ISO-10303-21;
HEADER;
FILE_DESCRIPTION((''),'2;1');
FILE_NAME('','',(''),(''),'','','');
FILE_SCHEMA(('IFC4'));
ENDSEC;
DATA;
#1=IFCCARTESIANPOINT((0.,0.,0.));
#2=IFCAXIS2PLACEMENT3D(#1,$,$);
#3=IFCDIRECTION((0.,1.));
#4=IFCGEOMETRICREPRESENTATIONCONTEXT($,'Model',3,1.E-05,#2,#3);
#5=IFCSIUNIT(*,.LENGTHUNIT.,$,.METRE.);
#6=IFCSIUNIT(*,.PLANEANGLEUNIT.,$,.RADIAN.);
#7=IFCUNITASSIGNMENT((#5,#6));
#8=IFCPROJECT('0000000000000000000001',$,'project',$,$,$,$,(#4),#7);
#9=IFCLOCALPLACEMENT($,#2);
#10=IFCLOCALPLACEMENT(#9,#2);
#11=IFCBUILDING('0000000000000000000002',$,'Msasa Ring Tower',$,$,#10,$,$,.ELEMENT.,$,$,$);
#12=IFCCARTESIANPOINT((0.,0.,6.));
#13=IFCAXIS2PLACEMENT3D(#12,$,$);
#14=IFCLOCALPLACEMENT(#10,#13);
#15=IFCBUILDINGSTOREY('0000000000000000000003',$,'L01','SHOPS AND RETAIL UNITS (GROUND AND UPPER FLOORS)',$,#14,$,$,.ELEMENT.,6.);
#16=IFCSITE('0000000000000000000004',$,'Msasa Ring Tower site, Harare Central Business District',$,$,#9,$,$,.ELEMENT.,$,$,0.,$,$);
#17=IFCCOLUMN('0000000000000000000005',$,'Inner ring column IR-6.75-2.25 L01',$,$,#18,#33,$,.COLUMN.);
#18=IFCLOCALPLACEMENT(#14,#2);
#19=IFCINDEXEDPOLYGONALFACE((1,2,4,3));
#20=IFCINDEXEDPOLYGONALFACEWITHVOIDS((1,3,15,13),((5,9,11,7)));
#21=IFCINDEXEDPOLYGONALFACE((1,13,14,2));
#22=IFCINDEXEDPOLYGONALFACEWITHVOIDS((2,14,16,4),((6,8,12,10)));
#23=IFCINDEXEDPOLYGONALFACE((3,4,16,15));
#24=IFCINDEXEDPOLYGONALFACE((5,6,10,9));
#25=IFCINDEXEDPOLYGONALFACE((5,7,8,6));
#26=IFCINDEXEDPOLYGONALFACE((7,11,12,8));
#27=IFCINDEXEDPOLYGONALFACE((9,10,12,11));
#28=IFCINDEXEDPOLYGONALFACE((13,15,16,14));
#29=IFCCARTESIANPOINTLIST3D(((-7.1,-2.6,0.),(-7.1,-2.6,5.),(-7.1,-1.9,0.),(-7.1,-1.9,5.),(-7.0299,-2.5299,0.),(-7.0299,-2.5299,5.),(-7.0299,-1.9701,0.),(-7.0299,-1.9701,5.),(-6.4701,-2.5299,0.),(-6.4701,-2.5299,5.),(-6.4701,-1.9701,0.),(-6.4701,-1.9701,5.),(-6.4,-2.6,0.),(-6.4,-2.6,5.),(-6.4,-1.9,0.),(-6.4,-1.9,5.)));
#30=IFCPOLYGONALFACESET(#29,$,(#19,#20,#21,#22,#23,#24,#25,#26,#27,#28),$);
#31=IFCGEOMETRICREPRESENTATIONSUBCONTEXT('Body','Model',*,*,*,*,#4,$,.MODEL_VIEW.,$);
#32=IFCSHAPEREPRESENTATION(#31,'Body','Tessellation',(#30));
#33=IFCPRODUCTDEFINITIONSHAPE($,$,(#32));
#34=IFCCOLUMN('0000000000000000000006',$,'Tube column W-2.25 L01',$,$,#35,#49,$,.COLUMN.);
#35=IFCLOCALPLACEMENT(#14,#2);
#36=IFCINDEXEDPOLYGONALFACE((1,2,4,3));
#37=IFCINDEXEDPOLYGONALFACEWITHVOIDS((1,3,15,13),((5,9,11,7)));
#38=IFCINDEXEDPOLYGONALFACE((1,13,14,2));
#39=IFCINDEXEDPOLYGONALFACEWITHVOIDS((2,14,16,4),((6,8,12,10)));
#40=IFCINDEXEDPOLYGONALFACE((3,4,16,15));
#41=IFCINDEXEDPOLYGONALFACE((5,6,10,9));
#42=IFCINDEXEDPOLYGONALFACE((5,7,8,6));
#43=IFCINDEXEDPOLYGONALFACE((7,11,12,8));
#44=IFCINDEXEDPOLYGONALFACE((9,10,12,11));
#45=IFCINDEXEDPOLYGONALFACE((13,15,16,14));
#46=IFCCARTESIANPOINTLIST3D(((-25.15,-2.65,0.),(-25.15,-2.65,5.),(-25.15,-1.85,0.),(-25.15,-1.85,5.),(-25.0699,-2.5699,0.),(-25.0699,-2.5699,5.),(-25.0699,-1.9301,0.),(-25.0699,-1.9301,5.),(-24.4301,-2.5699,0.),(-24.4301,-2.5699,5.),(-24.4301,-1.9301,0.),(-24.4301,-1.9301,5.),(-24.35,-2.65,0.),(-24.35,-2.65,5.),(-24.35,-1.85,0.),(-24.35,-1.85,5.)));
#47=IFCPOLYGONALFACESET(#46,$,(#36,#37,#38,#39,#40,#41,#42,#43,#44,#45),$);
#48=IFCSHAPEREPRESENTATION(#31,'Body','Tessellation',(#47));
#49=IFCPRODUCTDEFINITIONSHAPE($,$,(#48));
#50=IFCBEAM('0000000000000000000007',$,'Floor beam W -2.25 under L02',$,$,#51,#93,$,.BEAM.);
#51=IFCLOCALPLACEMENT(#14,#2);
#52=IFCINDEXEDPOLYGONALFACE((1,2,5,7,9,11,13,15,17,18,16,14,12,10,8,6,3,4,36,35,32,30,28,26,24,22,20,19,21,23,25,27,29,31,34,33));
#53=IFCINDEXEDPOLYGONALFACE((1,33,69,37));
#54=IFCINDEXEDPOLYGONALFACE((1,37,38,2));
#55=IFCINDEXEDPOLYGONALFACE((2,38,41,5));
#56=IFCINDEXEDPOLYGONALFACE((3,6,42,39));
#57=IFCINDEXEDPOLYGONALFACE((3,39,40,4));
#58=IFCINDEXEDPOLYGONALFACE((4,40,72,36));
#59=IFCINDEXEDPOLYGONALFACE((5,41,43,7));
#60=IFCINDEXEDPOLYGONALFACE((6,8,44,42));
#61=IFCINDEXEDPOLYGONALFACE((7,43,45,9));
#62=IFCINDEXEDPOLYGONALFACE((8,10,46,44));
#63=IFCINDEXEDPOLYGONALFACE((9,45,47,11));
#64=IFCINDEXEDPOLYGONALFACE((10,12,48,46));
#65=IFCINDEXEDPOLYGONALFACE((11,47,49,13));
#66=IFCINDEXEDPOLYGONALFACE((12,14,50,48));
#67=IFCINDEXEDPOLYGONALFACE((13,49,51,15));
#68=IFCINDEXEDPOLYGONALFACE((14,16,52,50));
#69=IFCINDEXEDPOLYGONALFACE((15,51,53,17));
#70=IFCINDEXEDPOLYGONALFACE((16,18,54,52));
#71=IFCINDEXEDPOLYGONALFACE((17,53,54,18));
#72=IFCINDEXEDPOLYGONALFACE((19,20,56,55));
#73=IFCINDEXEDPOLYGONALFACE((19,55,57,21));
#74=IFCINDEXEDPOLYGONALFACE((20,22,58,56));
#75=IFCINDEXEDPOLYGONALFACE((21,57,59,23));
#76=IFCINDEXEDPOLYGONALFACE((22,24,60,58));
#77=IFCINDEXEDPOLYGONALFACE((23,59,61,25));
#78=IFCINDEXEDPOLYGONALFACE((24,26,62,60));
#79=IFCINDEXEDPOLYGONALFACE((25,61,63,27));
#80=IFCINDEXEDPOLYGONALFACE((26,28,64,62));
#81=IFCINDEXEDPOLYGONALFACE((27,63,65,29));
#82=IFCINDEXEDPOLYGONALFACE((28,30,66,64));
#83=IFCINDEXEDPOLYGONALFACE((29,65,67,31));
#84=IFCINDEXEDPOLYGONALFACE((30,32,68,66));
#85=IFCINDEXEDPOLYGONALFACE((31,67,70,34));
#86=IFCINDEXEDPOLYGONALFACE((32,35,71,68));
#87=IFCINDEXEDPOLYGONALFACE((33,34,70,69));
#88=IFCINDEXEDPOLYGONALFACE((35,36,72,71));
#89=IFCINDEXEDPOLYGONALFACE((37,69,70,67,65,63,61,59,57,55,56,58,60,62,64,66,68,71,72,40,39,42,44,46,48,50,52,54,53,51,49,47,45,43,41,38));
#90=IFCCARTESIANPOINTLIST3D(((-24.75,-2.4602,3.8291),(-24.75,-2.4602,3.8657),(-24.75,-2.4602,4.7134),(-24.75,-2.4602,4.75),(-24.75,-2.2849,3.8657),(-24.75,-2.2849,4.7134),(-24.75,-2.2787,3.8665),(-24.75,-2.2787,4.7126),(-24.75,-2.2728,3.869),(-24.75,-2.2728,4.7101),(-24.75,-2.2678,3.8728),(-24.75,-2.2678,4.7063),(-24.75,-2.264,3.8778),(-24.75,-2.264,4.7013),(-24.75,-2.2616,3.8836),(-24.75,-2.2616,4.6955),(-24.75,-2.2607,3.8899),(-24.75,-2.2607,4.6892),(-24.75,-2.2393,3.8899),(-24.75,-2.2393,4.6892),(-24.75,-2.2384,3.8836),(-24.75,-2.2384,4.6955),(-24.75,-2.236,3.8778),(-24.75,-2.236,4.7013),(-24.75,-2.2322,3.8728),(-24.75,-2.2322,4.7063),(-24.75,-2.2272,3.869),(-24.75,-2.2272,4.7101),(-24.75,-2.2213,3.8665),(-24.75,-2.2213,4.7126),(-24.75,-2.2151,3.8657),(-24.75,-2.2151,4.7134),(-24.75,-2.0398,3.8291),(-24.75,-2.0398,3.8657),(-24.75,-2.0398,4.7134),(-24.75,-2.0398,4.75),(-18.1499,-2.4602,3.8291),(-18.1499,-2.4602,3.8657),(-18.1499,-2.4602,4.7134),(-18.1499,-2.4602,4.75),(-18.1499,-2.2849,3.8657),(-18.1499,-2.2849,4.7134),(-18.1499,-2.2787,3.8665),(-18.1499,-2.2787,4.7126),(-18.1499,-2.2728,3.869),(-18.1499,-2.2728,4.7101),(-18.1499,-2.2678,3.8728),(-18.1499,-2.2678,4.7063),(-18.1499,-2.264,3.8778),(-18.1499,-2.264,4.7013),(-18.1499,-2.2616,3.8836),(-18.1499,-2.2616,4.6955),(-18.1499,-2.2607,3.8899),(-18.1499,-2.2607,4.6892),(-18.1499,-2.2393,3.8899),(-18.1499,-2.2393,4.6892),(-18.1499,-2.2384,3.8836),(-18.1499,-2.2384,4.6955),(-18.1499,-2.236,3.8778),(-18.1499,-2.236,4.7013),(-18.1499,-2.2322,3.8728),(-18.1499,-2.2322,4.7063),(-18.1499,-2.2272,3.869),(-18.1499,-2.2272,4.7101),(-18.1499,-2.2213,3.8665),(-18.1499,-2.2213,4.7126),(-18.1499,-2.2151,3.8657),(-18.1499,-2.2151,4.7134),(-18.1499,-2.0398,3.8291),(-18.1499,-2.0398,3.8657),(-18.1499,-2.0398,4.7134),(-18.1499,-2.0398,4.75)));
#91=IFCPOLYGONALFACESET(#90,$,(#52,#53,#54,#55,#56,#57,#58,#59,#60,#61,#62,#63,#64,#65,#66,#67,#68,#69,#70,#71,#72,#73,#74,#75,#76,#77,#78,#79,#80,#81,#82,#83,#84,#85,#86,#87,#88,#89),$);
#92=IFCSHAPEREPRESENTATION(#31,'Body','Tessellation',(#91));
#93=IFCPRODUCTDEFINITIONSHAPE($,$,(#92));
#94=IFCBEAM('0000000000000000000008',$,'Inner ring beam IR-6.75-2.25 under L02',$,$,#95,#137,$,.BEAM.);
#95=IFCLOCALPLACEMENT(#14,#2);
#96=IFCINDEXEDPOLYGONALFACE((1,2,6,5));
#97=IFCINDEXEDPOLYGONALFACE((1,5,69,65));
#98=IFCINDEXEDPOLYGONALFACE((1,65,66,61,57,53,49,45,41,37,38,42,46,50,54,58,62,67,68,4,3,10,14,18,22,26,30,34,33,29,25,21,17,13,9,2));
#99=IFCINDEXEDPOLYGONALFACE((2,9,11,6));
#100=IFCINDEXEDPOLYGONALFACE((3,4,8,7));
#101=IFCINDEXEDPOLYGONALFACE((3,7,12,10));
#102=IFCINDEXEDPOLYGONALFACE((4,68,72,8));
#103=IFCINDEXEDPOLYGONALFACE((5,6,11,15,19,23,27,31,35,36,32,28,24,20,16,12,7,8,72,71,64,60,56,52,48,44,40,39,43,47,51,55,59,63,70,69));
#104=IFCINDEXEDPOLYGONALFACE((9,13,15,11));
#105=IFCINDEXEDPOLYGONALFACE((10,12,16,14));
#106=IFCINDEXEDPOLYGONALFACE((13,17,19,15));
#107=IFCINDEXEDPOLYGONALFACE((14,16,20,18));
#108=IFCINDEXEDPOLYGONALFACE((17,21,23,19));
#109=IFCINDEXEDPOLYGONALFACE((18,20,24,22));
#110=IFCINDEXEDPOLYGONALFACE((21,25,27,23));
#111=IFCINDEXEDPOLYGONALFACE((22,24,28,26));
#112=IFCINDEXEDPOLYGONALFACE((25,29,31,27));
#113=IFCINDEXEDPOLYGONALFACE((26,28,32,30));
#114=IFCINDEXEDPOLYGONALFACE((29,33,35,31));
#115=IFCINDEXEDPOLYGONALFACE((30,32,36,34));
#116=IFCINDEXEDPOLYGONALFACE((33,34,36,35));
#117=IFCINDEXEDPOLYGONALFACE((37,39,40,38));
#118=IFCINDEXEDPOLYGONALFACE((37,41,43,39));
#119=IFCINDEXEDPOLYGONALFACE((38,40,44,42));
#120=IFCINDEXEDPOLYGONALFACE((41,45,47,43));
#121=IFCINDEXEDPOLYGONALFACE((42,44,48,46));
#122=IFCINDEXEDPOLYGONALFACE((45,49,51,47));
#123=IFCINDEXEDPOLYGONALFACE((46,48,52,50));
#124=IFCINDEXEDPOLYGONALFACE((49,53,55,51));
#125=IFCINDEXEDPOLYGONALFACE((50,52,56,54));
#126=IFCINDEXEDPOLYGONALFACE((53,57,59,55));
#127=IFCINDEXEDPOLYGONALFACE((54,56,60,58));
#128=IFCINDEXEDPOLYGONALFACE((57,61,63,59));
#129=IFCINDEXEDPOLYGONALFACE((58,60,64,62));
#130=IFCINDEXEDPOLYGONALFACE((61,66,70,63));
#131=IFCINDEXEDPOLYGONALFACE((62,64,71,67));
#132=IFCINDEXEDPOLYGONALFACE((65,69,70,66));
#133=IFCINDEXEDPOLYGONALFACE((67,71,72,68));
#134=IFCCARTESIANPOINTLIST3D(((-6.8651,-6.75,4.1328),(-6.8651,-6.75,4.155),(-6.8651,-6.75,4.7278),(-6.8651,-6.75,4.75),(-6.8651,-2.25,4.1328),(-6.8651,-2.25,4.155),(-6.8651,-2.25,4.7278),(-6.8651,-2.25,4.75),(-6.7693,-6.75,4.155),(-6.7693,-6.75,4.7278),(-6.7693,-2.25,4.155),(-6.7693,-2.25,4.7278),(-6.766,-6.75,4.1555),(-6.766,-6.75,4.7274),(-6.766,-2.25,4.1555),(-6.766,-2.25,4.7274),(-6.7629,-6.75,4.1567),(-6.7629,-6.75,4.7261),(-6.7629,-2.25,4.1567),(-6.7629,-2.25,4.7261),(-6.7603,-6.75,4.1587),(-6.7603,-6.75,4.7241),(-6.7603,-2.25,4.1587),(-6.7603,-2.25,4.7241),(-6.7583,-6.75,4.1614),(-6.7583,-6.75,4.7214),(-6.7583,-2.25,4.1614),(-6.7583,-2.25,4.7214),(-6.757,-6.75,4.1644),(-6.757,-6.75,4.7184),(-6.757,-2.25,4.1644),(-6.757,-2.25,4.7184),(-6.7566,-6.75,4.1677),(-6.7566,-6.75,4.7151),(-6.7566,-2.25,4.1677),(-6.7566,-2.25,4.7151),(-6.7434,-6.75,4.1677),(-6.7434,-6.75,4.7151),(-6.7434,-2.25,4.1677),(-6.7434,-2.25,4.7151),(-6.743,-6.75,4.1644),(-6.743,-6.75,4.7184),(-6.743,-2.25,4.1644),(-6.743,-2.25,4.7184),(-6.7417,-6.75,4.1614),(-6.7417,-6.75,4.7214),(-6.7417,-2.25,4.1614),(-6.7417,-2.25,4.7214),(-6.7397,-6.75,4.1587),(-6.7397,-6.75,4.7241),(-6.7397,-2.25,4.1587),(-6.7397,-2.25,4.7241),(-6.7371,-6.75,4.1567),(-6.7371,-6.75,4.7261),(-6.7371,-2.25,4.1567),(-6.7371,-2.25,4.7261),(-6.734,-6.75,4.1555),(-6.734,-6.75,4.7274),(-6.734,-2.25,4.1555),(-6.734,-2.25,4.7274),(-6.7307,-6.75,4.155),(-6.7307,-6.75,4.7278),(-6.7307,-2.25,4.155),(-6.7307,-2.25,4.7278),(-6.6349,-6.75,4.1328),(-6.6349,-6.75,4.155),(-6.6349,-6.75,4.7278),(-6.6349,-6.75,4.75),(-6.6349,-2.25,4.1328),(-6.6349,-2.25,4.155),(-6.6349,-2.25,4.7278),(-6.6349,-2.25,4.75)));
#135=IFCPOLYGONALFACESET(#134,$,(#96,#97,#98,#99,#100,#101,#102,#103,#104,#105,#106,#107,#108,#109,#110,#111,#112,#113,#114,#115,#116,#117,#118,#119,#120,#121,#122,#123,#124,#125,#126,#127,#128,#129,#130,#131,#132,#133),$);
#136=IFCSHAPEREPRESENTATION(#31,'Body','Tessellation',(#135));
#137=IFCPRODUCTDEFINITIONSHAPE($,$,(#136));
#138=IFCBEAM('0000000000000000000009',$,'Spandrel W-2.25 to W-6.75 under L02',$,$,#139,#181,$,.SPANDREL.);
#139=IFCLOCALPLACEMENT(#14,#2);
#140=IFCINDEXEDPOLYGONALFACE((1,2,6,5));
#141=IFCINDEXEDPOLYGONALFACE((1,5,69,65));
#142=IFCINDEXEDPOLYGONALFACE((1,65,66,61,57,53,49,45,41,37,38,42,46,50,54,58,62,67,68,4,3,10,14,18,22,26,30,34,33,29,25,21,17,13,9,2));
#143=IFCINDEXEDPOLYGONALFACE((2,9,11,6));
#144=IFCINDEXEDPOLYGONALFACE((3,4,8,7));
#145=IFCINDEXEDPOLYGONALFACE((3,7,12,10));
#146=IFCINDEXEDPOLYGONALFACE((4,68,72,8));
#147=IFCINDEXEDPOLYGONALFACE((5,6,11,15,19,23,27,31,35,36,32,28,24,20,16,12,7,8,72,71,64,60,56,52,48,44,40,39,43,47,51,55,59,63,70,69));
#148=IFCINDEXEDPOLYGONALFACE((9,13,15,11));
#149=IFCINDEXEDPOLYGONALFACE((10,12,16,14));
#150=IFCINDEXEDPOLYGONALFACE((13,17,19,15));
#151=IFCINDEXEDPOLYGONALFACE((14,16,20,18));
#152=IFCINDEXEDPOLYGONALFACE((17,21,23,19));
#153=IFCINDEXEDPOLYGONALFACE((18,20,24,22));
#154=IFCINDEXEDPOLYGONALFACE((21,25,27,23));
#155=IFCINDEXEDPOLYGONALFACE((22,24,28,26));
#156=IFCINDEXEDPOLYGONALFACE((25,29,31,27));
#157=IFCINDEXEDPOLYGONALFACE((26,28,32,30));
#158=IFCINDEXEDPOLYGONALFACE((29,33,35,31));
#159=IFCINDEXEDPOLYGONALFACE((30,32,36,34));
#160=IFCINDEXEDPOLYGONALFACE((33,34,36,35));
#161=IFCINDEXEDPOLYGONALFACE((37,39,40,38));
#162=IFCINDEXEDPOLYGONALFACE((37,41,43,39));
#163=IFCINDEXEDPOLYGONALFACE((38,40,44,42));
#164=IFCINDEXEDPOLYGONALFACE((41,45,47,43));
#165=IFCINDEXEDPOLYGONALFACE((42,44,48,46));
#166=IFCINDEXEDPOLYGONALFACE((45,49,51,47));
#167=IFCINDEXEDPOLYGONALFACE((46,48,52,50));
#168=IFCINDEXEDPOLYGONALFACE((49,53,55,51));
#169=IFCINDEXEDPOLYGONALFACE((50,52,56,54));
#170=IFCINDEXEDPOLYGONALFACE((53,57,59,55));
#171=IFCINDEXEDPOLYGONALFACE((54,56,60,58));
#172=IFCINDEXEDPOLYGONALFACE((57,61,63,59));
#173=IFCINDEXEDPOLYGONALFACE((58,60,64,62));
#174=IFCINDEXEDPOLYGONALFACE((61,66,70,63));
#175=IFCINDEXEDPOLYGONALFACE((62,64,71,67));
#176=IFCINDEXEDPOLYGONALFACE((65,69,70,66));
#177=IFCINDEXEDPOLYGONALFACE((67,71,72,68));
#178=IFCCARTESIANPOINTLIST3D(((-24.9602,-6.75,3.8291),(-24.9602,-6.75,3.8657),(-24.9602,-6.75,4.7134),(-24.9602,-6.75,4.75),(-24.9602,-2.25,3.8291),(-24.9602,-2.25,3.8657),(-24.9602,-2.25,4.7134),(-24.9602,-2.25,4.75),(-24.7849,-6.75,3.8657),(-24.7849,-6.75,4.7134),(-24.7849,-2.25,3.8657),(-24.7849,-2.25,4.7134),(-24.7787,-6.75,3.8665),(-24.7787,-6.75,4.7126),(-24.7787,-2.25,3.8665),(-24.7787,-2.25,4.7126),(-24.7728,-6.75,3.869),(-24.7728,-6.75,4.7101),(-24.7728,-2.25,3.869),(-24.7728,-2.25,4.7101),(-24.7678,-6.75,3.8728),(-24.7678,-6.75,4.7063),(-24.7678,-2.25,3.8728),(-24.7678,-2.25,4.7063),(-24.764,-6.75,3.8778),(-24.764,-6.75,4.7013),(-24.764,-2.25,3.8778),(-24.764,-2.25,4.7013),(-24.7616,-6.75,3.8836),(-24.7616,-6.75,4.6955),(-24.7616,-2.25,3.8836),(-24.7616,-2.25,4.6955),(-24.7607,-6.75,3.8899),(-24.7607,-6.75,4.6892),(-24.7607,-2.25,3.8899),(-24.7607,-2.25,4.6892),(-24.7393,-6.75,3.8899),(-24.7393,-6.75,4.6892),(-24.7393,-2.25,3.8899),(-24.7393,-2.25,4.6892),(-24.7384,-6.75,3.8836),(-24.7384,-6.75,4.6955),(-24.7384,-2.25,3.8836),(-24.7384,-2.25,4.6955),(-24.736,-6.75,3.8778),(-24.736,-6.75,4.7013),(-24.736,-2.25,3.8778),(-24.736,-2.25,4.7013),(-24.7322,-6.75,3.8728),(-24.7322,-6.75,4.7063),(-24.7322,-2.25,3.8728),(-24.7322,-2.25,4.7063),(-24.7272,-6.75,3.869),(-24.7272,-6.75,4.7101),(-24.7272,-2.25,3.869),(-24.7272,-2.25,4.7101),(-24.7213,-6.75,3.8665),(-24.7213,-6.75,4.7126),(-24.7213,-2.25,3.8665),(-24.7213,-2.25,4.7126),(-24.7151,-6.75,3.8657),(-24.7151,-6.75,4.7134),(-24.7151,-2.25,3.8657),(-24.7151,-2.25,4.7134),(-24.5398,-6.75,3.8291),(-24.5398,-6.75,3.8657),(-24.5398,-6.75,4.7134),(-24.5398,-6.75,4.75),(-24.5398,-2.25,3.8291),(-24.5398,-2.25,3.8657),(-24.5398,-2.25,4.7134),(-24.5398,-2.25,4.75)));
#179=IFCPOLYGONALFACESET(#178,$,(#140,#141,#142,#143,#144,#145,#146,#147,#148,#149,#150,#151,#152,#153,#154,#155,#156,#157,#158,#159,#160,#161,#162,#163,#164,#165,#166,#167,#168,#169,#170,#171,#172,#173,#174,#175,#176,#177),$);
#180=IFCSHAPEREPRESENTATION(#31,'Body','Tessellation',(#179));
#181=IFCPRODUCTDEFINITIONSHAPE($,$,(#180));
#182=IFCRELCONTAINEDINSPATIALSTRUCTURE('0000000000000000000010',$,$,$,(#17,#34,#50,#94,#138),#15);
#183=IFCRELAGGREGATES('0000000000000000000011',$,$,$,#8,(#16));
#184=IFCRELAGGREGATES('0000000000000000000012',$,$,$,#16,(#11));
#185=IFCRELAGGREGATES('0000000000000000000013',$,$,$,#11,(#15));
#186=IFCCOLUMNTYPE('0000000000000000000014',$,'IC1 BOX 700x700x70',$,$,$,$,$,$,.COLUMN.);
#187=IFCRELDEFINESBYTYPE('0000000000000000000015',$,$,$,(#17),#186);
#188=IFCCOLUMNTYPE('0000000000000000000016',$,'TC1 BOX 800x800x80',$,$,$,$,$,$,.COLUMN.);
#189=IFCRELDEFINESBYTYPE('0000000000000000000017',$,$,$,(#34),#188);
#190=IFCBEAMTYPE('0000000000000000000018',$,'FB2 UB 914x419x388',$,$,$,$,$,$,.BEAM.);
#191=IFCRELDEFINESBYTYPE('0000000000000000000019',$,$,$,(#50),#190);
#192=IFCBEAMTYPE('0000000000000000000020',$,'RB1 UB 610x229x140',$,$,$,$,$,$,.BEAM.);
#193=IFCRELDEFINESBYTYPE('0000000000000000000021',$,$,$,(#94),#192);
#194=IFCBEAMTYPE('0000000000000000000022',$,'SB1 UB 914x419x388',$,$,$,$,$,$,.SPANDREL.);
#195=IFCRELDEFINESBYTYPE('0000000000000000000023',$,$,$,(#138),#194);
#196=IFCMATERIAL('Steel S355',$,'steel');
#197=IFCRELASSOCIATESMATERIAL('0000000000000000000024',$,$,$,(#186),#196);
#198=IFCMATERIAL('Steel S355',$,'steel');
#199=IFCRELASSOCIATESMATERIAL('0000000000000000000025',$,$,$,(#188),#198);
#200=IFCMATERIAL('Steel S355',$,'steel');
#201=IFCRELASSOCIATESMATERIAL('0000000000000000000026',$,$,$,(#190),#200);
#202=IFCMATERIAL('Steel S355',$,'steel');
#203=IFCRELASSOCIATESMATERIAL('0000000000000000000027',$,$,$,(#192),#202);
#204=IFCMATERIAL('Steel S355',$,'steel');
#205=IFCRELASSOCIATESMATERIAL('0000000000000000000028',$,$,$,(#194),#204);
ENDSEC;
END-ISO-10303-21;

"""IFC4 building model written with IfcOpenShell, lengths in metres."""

from ifc_helpers import new_model, si_unit, direction, frame, origin, origin_2d, place, context, subcontext, project, spatial, hollow_rectangle, i_section, extrude, material, material_profile, profile_set, type_object, element, save


model = new_model("IFC4")

# Units and contexts
model_context = context("Model", 3, precision=1e-05, world=origin(), true_north=direction((0.0, 1.0)))
body_context = subcontext(model_context, "Body", "Model", "MODEL_VIEW")
ifc_project = project(units=[si_unit("LENGTHUNIT", "METRE"), si_unit("PLANEANGLEUNIT", "RADIAN")], contexts=[model_context])

# Site, building, storey
site_placement = place(None, origin())
site = spatial("IfcSite", under=ifc_project, at=site_placement, Name="Msasa Ring Tower site, Harare Central Business District", CompositionType="ELEMENT", RefElevation=0.0)
building_placement = place(site_placement, origin())
building = spatial("IfcBuilding", under=site, at=building_placement, Name="Msasa Ring Tower", CompositionType="ELEMENT")
storey_placement = place(building_placement, frame((0.0, 0.0, 6.0)))
storey = spatial("IfcBuildingStorey", under=building, at=storey_placement, Name="L01", Description="SHOPS AND RETAIL UNITS (GROUND AND UPPER FLOORS)", CompositionType="ELEMENT", Elevation=6.0)

# Columns
ifc_material_1 = material(Name="Steel S355", Category="steel")
ifc_material_profile_1 = material_profile(ifc_material_1, hollow_rectangle(XDim=0.7, YDim=0.7, WallThickness=0.0701, at=origin_2d()), Name="BOX 700x700x70")
ifc_profile_set_1 = profile_set([ifc_material_profile_1], Name="Steel S355")
column_type_1 = type_object("IfcColumnType", Name="IC1 BOX 700x700x70", PredefinedType="COLUMN", material=ifc_profile_set_1)
column_1_placement = place(storey_placement, frame((-6.75, -2.25, 0.0), z_axis=(0.0, 0.0, 1.0), x_axis=(1.0, 0.0, 0.0)))
element("IfcColumn", 1, at=column_1_placement, inside=storey, type_object=column_type_1, Name="Inner ring column IR-6.75-2.25 L01", PredefinedType="COLUMN", context=body_context, shape_type="SweptSolid", body=[
    extrude(hollow_rectangle(XDim=0.7, YDim=0.7, WallThickness=0.0701, at=origin_2d()), origin(), (0.0, 0.0, 1.0), 5.0),
])
ifc_material_2 = material(Name="Steel S355", Category="steel")
ifc_material_profile_2 = material_profile(ifc_material_2, hollow_rectangle(XDim=0.8, YDim=0.8, WallThickness=0.0801, at=origin_2d()), Name="BOX 800x800x80")
ifc_profile_set_2 = profile_set([ifc_material_profile_2], Name="Steel S355")
column_type_2 = type_object("IfcColumnType", Name="TC1 BOX 800x800x80", PredefinedType="COLUMN", material=ifc_profile_set_2)
column_2_placement = place(storey_placement, frame((-24.75, -2.25, 0.0), z_axis=(0.0, 0.0, 1.0), x_axis=(1.0, 0.0, 0.0)))
element("IfcColumn", 2, at=column_2_placement, inside=storey, type_object=column_type_2, Name="Tube column W-2.25 L01", PredefinedType="COLUMN", context=body_context, shape_type="SweptSolid", body=[
    extrude(hollow_rectangle(XDim=0.8, YDim=0.8, WallThickness=0.0801, at=origin_2d()), origin(), (0.0, 0.0, 1.0), 5.0),
])

# Beams
ifc_material_3 = material(Name="Steel S355", Category="steel")
ifc_material_profile_3 = material_profile(ifc_material_3, i_section(OverallWidth=0.4204, OverallDepth=0.9209, WebThickness=0.0215, FlangeThickness=0.0366, FilletRadius=0.0242, at=origin_2d()), Name="UB 914x419x388")
ifc_profile_set_3 = profile_set([ifc_material_profile_3], Name="Steel S355")
beam_type_1 = type_object("IfcBeamType", Name="FB2 UB 914x419x388", PredefinedType="BEAM", material=ifc_profile_set_3)
beam_1_placement = place(storey_placement, frame((-24.75, -2.25, 4.2896), z_axis=(1.0, 0.0, 0.0), x_axis=(0.0, 1.0, 0.0)))
element("IfcBeam", 3, at=beam_1_placement, inside=storey, type_object=beam_type_1, Name="Floor beam W -2.25 under L02", PredefinedType="BEAM", context=body_context, shape_type="SweptSolid", body=[
    extrude(i_section(OverallWidth=0.4204, OverallDepth=0.9209, WebThickness=0.0215, FlangeThickness=0.0366, FilletRadius=0.0242, at=origin_2d()), origin(), (0.0, 0.0, 1.0), 6.6001),
])
ifc_material_4 = material(Name="Steel S355", Category="steel")
ifc_material_profile_4 = material_profile(ifc_material_4, i_section(OverallWidth=0.2302, OverallDepth=0.6172, WebThickness=0.0132, FlangeThickness=0.0222, FilletRadius=0.0127, at=origin_2d()), Name="UB 610x229x140")
ifc_profile_set_4 = profile_set([ifc_material_profile_4], Name="Steel S355")
beam_type_2 = type_object("IfcBeamType", Name="RB1 UB 610x229x140", PredefinedType="BEAM", material=ifc_profile_set_4)
beam_2_placement = place(storey_placement, frame((-6.75, -2.25, 4.4414), z_axis=(0.0, -1.0, 0.0), x_axis=(1.0, 0.0, 0.0)))
element("IfcBeam", 4, at=beam_2_placement, inside=storey, type_object=beam_type_2, Name="Inner ring beam IR-6.75-2.25 under L02", PredefinedType="BEAM", context=body_context, shape_type="SweptSolid", body=[
    extrude(i_section(OverallWidth=0.2302, OverallDepth=0.6172, WebThickness=0.0132, FlangeThickness=0.0222, FilletRadius=0.0127, at=origin_2d()), origin(), (0.0, 0.0, 1.0), 4.5),
])
ifc_material_5 = material(Name="Steel S355", Category="steel")
ifc_material_profile_5 = material_profile(ifc_material_5, i_section(OverallWidth=0.4204, OverallDepth=0.9209, WebThickness=0.0215, FlangeThickness=0.0366, FilletRadius=0.0242, at=origin_2d()), Name="UB 914x419x388")
ifc_profile_set_5 = profile_set([ifc_material_profile_5], Name="Steel S355")
beam_type_3 = type_object("IfcBeamType", Name="SB1 UB 914x419x388", PredefinedType="SPANDREL", material=ifc_profile_set_5)
beam_3_placement = place(storey_placement, frame((-24.75, -2.25, 4.2896), z_axis=(0.0, -1.0, 0.0), x_axis=(1.0, 0.0, 0.0)))
element("IfcBeam", 5, at=beam_3_placement, inside=storey, type_object=beam_type_3, Name="Spandrel W-2.25 to W-6.75 under L02", PredefinedType="SPANDREL", context=body_context, shape_type="SweptSolid", body=[
    extrude(i_section(OverallWidth=0.4204, OverallDepth=0.9209, WebThickness=0.0215, FlangeThickness=0.0366, FilletRadius=0.0242, at=origin_2d()), origin(), (0.0, 0.0, 1.0), 4.5),
])

save(model, "model.ifc")
